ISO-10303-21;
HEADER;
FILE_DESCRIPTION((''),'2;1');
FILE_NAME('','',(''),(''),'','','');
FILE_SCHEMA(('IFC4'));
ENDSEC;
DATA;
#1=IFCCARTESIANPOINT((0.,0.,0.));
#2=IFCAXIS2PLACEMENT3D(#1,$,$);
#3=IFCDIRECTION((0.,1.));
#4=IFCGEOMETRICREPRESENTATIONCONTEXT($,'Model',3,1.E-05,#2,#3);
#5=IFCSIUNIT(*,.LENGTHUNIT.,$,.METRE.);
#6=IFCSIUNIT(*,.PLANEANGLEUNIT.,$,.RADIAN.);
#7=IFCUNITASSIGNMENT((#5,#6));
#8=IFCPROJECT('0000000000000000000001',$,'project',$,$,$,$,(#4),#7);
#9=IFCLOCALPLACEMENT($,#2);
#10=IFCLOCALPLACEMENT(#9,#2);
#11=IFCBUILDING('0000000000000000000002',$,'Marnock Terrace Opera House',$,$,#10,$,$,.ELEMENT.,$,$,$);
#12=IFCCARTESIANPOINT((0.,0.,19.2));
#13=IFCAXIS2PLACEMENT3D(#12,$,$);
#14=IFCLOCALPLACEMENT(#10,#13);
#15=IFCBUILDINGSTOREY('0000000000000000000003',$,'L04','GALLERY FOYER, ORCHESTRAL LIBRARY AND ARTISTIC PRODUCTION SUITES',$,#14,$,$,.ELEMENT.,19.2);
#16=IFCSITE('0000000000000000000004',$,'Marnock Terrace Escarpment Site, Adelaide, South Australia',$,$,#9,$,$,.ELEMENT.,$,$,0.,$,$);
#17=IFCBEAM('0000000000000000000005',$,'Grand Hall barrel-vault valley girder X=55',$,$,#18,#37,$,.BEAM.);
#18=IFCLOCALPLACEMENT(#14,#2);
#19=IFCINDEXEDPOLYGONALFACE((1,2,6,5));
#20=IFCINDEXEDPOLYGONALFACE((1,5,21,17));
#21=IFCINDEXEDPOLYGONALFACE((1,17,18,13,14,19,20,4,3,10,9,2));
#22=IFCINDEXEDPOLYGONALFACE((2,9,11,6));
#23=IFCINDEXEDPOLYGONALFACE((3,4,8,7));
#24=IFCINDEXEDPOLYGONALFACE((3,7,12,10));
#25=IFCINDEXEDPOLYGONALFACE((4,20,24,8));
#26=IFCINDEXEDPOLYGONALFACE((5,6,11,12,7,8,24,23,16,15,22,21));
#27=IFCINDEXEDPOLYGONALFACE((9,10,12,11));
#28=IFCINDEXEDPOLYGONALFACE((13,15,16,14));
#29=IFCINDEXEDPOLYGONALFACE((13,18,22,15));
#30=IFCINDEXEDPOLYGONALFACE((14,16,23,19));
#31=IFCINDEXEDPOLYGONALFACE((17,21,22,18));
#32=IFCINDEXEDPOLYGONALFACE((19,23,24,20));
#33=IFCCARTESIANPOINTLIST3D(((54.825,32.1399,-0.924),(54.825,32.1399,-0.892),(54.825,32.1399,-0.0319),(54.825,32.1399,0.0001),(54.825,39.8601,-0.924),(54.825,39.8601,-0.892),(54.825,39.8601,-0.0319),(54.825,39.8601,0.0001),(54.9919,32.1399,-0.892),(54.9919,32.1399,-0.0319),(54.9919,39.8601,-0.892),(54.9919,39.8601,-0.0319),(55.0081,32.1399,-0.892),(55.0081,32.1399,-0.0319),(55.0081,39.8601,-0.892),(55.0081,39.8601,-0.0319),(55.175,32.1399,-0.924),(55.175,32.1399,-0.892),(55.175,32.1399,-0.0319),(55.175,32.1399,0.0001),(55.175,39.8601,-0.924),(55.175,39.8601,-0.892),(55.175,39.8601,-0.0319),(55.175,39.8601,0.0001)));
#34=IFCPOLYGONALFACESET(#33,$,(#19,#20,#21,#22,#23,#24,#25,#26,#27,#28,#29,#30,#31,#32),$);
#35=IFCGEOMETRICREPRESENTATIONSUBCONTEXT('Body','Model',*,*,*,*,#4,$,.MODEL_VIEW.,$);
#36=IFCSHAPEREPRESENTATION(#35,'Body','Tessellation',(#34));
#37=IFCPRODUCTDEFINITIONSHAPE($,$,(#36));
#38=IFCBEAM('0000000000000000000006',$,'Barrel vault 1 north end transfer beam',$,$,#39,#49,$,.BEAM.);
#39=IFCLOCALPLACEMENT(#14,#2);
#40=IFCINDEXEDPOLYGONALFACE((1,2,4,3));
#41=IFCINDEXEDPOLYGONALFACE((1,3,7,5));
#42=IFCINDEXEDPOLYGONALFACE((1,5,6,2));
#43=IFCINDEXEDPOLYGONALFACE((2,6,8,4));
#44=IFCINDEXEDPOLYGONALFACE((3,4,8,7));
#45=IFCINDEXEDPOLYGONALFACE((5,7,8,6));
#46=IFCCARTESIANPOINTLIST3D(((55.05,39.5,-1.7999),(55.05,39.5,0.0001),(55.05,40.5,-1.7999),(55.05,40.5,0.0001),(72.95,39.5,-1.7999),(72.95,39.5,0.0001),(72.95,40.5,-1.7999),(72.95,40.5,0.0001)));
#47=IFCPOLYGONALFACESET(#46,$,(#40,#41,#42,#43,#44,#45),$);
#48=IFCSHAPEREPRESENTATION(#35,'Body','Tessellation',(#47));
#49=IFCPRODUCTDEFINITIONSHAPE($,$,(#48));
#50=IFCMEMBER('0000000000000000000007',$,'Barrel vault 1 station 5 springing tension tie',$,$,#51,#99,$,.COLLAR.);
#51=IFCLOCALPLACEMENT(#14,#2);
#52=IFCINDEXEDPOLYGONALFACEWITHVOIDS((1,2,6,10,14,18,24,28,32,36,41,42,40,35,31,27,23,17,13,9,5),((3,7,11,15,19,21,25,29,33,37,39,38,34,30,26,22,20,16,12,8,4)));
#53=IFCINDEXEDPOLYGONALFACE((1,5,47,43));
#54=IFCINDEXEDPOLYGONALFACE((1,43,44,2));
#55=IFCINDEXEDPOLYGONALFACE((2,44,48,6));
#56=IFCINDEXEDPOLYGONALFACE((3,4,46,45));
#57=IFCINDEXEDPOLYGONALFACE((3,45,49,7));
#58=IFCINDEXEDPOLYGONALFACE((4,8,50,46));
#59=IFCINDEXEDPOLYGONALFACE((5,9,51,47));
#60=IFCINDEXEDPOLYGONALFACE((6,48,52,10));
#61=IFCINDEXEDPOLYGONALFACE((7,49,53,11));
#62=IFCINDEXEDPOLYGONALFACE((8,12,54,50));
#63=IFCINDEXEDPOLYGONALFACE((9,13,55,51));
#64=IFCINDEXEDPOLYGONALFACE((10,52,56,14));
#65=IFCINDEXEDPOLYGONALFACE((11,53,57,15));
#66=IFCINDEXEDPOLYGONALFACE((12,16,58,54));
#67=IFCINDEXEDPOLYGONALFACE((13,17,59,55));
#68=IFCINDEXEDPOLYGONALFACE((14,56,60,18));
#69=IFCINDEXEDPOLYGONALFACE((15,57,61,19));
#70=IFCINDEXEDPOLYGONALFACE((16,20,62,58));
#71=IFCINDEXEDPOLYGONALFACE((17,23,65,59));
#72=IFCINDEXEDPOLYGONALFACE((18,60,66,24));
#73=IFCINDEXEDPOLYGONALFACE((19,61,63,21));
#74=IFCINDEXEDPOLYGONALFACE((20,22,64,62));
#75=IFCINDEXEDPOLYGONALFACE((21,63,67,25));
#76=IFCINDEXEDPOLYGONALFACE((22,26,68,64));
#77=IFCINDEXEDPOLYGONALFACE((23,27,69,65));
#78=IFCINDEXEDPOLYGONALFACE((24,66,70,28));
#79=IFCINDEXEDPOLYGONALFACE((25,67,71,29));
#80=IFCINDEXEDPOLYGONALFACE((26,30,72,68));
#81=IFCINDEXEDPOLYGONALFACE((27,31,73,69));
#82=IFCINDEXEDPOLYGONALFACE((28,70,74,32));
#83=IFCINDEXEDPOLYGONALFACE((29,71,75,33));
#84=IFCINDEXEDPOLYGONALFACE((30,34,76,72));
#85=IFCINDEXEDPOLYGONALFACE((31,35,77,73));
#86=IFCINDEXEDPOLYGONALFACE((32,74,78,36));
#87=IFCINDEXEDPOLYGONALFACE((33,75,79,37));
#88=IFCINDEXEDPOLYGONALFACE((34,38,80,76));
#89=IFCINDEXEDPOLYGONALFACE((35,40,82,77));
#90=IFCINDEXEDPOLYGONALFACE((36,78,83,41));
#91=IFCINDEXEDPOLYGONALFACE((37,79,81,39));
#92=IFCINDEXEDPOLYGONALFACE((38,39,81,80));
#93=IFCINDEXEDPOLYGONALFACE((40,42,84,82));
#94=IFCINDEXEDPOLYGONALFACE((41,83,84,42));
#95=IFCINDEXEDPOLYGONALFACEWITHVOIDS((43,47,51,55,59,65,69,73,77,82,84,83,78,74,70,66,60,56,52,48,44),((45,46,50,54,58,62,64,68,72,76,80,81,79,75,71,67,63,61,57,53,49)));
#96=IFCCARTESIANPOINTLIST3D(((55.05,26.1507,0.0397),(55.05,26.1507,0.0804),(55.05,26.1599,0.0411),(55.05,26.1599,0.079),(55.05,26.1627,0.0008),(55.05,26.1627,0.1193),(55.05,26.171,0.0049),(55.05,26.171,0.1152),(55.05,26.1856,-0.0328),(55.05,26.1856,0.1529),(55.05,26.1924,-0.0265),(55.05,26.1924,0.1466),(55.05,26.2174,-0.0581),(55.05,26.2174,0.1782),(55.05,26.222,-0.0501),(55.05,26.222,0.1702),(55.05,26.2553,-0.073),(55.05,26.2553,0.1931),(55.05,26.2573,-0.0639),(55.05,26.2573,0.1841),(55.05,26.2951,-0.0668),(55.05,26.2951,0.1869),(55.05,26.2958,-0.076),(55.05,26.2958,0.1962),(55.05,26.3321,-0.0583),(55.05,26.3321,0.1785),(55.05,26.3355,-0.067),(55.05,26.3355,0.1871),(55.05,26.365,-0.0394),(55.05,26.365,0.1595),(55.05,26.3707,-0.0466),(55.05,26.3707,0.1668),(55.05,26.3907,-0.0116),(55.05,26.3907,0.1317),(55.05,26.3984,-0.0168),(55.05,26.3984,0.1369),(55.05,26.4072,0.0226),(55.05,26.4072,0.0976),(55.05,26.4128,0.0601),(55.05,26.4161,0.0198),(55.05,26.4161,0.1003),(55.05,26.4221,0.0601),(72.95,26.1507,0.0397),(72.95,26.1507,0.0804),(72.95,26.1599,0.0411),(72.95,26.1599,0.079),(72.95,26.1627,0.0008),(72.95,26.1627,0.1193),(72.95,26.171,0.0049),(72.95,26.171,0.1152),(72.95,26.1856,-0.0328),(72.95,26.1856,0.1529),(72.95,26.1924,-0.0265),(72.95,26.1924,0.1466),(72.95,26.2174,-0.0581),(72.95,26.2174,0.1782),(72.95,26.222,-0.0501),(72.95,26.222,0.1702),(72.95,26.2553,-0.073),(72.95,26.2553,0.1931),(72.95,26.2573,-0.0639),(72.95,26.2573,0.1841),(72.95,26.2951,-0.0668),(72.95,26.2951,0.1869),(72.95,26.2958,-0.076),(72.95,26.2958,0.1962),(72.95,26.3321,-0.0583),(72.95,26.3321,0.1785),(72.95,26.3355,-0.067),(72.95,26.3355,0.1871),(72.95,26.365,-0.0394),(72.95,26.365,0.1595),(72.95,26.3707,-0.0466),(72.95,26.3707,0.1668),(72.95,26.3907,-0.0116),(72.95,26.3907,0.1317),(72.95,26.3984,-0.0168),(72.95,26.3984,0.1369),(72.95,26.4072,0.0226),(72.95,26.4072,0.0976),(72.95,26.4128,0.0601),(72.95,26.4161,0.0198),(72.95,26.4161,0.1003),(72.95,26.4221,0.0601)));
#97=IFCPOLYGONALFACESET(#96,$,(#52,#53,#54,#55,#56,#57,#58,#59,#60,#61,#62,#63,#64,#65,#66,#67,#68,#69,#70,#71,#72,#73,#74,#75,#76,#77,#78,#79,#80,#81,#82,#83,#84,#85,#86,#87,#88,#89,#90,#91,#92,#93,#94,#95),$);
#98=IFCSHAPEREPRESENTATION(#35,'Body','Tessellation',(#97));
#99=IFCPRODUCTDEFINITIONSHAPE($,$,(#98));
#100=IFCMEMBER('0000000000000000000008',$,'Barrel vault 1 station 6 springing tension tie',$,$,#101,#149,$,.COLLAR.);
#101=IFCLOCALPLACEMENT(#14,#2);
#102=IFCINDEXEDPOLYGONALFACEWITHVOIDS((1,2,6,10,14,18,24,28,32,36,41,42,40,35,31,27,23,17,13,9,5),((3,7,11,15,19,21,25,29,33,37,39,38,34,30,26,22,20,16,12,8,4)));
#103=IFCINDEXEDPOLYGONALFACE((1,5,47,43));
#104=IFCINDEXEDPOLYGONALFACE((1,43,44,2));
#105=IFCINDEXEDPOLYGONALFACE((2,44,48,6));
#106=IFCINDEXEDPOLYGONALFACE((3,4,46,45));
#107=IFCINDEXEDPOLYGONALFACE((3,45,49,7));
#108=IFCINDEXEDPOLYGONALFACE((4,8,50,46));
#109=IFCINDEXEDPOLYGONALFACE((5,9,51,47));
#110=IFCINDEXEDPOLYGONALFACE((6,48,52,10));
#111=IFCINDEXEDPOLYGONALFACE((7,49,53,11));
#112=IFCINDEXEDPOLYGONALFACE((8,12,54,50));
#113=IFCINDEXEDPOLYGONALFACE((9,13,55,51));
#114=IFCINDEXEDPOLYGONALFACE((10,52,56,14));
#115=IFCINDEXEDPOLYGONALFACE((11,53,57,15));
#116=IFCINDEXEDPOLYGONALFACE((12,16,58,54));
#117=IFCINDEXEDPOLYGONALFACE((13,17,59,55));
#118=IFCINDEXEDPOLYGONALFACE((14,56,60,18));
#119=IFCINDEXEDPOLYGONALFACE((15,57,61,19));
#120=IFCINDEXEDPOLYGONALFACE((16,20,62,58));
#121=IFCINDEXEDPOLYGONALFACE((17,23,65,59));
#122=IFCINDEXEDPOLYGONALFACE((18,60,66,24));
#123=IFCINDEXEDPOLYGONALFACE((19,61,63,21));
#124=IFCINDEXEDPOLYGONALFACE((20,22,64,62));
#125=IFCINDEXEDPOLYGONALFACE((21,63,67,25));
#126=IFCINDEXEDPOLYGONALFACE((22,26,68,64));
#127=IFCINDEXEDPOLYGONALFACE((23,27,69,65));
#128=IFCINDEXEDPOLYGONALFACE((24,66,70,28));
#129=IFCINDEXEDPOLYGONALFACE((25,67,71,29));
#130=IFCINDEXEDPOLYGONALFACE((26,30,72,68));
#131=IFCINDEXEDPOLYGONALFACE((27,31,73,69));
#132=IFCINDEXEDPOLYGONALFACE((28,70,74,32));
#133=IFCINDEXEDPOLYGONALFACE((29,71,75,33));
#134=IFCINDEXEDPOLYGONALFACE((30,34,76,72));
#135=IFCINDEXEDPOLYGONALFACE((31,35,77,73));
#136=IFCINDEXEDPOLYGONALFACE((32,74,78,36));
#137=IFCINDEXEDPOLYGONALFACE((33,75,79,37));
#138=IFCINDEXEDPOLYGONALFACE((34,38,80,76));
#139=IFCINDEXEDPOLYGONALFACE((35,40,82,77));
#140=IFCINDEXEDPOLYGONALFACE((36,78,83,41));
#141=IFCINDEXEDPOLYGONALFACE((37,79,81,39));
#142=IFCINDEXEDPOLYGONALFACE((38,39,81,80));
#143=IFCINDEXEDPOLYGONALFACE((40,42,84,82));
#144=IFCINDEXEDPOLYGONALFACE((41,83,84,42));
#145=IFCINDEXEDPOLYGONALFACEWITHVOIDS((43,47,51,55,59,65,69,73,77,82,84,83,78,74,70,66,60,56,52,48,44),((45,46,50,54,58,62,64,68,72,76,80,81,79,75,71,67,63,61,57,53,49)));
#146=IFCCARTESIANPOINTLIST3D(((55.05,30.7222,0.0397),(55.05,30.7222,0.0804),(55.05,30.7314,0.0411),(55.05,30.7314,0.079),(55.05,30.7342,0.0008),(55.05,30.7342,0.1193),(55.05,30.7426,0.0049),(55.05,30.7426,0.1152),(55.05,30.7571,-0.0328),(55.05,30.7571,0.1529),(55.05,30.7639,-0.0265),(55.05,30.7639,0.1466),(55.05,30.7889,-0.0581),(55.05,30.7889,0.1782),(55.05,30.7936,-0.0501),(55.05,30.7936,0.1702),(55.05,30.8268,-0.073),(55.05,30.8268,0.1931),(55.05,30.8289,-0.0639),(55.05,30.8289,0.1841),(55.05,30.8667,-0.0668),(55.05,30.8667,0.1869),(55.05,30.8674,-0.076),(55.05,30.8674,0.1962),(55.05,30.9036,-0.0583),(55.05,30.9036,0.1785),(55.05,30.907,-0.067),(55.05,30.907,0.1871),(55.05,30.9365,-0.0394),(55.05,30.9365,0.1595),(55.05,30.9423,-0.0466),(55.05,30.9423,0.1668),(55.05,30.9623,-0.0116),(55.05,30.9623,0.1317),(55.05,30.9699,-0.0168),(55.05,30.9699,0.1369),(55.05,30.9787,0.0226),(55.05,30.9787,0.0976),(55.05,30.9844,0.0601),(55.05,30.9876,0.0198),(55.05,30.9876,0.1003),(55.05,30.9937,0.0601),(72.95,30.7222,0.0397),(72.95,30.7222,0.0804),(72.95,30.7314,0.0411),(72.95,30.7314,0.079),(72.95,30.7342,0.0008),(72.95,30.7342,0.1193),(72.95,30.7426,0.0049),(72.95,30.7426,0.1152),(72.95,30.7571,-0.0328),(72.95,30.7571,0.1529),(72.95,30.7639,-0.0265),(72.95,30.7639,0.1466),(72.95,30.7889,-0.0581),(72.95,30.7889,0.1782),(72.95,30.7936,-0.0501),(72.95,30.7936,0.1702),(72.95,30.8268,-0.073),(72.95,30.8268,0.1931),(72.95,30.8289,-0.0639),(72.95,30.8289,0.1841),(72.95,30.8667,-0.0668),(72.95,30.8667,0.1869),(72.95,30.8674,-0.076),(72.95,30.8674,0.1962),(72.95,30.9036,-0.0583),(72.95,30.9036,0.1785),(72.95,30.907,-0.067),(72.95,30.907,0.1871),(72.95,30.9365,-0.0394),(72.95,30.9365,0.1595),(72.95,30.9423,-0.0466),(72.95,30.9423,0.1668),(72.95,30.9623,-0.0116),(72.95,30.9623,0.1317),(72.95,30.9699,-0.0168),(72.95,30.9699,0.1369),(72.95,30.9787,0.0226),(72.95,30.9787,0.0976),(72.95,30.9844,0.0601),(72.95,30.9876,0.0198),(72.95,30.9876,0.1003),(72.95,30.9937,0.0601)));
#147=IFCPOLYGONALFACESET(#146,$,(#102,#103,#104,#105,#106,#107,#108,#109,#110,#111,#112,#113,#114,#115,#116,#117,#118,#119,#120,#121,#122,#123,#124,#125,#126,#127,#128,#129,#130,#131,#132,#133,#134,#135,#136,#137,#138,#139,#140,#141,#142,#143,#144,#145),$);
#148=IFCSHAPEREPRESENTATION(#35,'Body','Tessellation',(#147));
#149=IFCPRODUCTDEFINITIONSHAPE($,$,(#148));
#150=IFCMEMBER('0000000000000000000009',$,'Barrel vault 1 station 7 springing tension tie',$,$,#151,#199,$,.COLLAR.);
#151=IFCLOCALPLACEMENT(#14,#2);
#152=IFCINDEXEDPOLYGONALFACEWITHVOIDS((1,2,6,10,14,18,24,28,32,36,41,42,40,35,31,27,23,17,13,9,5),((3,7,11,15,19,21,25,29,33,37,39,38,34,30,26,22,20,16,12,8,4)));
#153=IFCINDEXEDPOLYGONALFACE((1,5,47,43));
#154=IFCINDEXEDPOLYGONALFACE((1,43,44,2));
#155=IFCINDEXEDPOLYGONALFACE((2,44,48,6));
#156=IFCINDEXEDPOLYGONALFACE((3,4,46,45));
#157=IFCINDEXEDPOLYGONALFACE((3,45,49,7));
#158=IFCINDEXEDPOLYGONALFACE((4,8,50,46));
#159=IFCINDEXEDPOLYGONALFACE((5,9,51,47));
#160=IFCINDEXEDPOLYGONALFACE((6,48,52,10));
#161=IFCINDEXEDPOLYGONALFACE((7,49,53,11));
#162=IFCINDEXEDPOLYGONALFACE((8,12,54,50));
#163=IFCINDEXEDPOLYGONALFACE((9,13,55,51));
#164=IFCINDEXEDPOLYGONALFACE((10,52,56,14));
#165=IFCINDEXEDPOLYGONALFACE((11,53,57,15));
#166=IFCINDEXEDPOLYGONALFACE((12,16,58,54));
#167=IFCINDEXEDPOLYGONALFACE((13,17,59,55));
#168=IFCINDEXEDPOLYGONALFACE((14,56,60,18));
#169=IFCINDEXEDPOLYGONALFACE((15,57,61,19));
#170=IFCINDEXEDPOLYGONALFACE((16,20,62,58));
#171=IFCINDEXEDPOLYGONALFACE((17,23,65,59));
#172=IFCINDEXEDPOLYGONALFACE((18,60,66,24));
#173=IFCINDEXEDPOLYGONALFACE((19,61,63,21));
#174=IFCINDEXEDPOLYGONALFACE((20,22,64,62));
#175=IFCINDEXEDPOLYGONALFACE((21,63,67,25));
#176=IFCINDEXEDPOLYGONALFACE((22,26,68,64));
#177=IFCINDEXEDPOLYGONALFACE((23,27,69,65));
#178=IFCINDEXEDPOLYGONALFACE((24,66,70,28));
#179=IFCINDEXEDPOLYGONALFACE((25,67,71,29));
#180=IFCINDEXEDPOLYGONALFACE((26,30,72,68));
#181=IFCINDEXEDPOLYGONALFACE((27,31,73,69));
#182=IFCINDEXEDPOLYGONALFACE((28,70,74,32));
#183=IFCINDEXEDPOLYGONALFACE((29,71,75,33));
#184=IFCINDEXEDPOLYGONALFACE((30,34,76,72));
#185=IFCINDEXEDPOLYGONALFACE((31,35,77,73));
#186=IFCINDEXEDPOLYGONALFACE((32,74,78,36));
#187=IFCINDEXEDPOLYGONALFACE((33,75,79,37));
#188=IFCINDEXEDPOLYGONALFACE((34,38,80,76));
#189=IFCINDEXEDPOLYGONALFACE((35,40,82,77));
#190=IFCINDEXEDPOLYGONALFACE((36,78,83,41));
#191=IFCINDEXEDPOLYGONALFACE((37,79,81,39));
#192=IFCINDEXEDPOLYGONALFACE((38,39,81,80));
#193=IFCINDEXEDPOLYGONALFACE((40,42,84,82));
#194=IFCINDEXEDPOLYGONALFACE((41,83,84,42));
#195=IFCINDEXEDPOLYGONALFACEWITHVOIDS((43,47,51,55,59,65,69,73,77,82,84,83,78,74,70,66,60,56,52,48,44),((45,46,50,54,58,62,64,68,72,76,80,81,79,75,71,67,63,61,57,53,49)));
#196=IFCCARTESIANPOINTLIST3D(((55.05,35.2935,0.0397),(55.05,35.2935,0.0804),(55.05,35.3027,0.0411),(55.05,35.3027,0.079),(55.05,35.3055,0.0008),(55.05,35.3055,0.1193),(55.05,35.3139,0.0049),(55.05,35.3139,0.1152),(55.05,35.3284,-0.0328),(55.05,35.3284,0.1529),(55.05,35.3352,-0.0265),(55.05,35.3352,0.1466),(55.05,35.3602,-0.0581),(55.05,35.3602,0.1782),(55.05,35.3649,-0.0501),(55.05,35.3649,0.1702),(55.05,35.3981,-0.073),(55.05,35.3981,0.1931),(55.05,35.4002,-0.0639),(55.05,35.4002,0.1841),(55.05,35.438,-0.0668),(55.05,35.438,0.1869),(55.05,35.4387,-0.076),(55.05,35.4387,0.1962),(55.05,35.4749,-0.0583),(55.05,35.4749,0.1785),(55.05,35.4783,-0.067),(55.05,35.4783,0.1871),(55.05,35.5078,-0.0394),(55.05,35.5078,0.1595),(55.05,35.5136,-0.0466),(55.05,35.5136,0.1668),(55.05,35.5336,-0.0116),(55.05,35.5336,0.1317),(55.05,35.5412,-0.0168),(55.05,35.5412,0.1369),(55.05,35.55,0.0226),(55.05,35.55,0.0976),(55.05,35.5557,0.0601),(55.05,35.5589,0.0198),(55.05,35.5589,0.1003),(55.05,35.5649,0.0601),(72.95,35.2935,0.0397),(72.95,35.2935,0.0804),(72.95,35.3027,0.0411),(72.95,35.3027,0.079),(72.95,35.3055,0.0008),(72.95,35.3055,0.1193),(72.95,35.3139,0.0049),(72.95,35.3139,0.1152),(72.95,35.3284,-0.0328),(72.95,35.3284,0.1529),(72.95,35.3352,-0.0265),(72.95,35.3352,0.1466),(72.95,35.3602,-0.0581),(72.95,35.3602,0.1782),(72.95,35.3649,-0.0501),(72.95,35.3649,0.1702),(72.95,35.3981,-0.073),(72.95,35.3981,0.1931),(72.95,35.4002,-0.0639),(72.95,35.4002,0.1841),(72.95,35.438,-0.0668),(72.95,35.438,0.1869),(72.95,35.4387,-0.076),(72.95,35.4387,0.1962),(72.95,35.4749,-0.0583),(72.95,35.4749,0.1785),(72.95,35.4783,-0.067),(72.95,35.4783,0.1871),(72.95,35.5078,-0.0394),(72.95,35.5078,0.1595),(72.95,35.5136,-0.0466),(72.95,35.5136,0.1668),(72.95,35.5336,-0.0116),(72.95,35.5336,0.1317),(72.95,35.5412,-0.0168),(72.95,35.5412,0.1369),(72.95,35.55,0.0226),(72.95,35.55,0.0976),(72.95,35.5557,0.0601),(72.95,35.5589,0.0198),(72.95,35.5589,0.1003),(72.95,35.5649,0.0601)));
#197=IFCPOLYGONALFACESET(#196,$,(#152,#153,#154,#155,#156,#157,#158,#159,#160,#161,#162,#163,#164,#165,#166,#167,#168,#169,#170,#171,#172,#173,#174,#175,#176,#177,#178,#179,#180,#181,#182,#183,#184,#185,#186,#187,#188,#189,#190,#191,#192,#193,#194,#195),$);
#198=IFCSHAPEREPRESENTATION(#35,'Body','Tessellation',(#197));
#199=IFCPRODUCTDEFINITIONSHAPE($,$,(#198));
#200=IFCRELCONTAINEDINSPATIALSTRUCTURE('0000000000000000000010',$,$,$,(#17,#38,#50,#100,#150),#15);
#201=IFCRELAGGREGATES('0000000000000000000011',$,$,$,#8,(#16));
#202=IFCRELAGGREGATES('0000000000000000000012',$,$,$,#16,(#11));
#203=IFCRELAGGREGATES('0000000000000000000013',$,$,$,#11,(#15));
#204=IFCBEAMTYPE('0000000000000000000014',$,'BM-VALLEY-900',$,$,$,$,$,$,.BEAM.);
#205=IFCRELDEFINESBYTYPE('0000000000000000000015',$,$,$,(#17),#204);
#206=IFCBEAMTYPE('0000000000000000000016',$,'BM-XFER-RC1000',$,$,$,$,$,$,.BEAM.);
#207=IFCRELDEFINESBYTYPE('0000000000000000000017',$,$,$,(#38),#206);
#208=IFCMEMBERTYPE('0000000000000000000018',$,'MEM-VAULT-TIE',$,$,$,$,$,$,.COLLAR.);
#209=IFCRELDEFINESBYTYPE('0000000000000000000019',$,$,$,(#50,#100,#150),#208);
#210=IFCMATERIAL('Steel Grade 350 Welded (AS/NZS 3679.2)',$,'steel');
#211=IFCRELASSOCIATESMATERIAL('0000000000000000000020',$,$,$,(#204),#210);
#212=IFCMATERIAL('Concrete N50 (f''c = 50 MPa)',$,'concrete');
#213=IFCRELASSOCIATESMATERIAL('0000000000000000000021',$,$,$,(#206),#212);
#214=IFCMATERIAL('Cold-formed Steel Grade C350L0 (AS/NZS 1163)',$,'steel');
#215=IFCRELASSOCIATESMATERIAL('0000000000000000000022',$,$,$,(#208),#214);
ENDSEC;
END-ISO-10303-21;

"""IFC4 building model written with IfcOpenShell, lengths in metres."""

from ifc_helpers import new_model, si_unit, direction, frame, origin, origin_2d, place, context, subcontext, project, spatial, rectangle, hollow_circle, i_section, extrude, material, material_profile, profile_set, type_object, element, save


model = new_model("IFC4")

# Units and contexts
model_context = context("Model", 3, precision=1e-05, world=origin(), true_north=direction((0.0, 1.0)))
body_context = subcontext(model_context, "Body", "Model", "MODEL_VIEW")
ifc_project = project(units=[si_unit("LENGTHUNIT", "METRE"), si_unit("PLANEANGLEUNIT", "RADIAN")], contexts=[model_context])

# Site, building, storey
site_placement = place(None, origin())
site = spatial("IfcSite", under=ifc_project, at=site_placement, Name="Marnock Terrace Escarpment Site, Adelaide, South Australia", CompositionType="ELEMENT", RefElevation=0.0)
building_placement = place(site_placement, origin())
building = spatial("IfcBuilding", under=site, at=building_placement, Name="Marnock Terrace Opera House", CompositionType="ELEMENT")
storey_placement = place(building_placement, frame((0.0, 0.0, 19.2)))
storey = spatial("IfcBuildingStorey", under=building, at=storey_placement, Name="L04", Description="GALLERY FOYER, ORCHESTRAL LIBRARY AND ARTISTIC PRODUCTION SUITES", CompositionType="ELEMENT", Elevation=19.2)

# Beams
ifc_material_1 = material(Name="Steel Grade 350 Welded (AS/NZS 3679.2)", Category="steel")
ifc_material_profile_1 = material_profile(ifc_material_1, i_section(OverallWidth=0.3501, OverallDepth=0.9241, WebThickness=0.0161, FlangeThickness=0.032, at=origin_2d()))
ifc_profile_set_1 = profile_set([ifc_material_profile_1], Name="Steel Grade 350 Welded (AS/NZS 3679.2)")
beam_type_1 = type_object("IfcBeamType", Name="BM-VALLEY-900", PredefinedType="BEAM", material=ifc_profile_set_1)
beam_1_placement = place(storey_placement, frame((55.0, 32.1399, -0.4619), z_axis=(0.0, 1.0, 0.0), x_axis=(-1.0, 0.0, 0.0)))
element("IfcBeam", 1, at=beam_1_placement, inside=storey, type_object=beam_type_1, Name="Grand Hall barrel-vault valley girder X=55", PredefinedType="BEAM", context=body_context, shape_type="SweptSolid", body=[
    extrude(i_section(OverallWidth=0.3501, OverallDepth=0.9241, WebThickness=0.0161, FlangeThickness=0.032, at=origin_2d()), origin(), (0.0, 0.0, 1.0), 7.7202),
])
ifc_material_2 = material(Name="Concrete N50 (f'c = 50 MPa)", Category="concrete")
ifc_material_profile_2 = material_profile(ifc_material_2, rectangle(XDim=1.0, YDim=1.8, at=origin_2d()))
ifc_profile_set_2 = profile_set([ifc_material_profile_2], Name="Concrete N50 (f'c = 50 MPa)")
beam_type_2 = type_object("IfcBeamType", Name="BM-XFER-RC1000", PredefinedType="BEAM", material=ifc_profile_set_2)
beam_2_placement = place(storey_placement, frame((55.05, 40.0, -0.8999), z_axis=(1.0, 0.0, 0.0), x_axis=(0.0, 1.0, 0.0)))
element("IfcBeam", 2, at=beam_2_placement, inside=storey, type_object=beam_type_2, Name="Barrel vault 1 north end transfer beam", PredefinedType="BEAM", context=body_context, shape_type="SweptSolid", body=[
    extrude(rectangle(XDim=1.0, YDim=1.8, at=origin_2d()), origin(), (0.0, 0.0, 1.0), 17.8999),
])

# Members
ifc_material_3 = material(Name="Cold-formed Steel Grade C350L0 (AS/NZS 1163)", Category="steel")
ifc_material_profile_3 = material_profile(ifc_material_3, hollow_circle(Radius=0.1365, WallThickness=0.0093, at=origin_2d()))
ifc_profile_set_3 = profile_set([ifc_material_profile_3], Name="Cold-formed Steel Grade C350L0 (AS/NZS 1163)")
member_type = type_object("IfcMemberType", Name="MEM-VAULT-TIE", PredefinedType="COLLAR", material=ifc_profile_set_3)
for number, where, z_axis, x_axis, name in (
    (3, (55.05, 26.2856, 0.0601), (1.0, 0.0, 0.0), (0.0, 1.0, 0.0), "Barrel vault 1 station 5 springing tension tie"),
    (4, (55.05, 30.8572, 0.0601), (1.0, 0.0, 0.0), (0.0, 1.0, 0.0), "Barrel vault 1 station 6 springing tension tie"),
    (5, (55.05, 35.4285, 0.0601), (1.0, 0.0, 0.0), (0.0, 1.0, 0.0), "Barrel vault 1 station 7 springing tension tie"),
):
    element("IfcMember", number, at=place(storey_placement, frame(where, z_axis=z_axis, x_axis=x_axis)), inside=storey, type_object=member_type, Name=name, PredefinedType="COLLAR", context=body_context, shape_type="SweptSolid", body=[
        extrude(hollow_circle(Radius=0.1365, WallThickness=0.0093, at=origin_2d()), origin(), (0.0, 0.0, 1.0), 17.8999),
    ])

save(model, "model.ifc")
